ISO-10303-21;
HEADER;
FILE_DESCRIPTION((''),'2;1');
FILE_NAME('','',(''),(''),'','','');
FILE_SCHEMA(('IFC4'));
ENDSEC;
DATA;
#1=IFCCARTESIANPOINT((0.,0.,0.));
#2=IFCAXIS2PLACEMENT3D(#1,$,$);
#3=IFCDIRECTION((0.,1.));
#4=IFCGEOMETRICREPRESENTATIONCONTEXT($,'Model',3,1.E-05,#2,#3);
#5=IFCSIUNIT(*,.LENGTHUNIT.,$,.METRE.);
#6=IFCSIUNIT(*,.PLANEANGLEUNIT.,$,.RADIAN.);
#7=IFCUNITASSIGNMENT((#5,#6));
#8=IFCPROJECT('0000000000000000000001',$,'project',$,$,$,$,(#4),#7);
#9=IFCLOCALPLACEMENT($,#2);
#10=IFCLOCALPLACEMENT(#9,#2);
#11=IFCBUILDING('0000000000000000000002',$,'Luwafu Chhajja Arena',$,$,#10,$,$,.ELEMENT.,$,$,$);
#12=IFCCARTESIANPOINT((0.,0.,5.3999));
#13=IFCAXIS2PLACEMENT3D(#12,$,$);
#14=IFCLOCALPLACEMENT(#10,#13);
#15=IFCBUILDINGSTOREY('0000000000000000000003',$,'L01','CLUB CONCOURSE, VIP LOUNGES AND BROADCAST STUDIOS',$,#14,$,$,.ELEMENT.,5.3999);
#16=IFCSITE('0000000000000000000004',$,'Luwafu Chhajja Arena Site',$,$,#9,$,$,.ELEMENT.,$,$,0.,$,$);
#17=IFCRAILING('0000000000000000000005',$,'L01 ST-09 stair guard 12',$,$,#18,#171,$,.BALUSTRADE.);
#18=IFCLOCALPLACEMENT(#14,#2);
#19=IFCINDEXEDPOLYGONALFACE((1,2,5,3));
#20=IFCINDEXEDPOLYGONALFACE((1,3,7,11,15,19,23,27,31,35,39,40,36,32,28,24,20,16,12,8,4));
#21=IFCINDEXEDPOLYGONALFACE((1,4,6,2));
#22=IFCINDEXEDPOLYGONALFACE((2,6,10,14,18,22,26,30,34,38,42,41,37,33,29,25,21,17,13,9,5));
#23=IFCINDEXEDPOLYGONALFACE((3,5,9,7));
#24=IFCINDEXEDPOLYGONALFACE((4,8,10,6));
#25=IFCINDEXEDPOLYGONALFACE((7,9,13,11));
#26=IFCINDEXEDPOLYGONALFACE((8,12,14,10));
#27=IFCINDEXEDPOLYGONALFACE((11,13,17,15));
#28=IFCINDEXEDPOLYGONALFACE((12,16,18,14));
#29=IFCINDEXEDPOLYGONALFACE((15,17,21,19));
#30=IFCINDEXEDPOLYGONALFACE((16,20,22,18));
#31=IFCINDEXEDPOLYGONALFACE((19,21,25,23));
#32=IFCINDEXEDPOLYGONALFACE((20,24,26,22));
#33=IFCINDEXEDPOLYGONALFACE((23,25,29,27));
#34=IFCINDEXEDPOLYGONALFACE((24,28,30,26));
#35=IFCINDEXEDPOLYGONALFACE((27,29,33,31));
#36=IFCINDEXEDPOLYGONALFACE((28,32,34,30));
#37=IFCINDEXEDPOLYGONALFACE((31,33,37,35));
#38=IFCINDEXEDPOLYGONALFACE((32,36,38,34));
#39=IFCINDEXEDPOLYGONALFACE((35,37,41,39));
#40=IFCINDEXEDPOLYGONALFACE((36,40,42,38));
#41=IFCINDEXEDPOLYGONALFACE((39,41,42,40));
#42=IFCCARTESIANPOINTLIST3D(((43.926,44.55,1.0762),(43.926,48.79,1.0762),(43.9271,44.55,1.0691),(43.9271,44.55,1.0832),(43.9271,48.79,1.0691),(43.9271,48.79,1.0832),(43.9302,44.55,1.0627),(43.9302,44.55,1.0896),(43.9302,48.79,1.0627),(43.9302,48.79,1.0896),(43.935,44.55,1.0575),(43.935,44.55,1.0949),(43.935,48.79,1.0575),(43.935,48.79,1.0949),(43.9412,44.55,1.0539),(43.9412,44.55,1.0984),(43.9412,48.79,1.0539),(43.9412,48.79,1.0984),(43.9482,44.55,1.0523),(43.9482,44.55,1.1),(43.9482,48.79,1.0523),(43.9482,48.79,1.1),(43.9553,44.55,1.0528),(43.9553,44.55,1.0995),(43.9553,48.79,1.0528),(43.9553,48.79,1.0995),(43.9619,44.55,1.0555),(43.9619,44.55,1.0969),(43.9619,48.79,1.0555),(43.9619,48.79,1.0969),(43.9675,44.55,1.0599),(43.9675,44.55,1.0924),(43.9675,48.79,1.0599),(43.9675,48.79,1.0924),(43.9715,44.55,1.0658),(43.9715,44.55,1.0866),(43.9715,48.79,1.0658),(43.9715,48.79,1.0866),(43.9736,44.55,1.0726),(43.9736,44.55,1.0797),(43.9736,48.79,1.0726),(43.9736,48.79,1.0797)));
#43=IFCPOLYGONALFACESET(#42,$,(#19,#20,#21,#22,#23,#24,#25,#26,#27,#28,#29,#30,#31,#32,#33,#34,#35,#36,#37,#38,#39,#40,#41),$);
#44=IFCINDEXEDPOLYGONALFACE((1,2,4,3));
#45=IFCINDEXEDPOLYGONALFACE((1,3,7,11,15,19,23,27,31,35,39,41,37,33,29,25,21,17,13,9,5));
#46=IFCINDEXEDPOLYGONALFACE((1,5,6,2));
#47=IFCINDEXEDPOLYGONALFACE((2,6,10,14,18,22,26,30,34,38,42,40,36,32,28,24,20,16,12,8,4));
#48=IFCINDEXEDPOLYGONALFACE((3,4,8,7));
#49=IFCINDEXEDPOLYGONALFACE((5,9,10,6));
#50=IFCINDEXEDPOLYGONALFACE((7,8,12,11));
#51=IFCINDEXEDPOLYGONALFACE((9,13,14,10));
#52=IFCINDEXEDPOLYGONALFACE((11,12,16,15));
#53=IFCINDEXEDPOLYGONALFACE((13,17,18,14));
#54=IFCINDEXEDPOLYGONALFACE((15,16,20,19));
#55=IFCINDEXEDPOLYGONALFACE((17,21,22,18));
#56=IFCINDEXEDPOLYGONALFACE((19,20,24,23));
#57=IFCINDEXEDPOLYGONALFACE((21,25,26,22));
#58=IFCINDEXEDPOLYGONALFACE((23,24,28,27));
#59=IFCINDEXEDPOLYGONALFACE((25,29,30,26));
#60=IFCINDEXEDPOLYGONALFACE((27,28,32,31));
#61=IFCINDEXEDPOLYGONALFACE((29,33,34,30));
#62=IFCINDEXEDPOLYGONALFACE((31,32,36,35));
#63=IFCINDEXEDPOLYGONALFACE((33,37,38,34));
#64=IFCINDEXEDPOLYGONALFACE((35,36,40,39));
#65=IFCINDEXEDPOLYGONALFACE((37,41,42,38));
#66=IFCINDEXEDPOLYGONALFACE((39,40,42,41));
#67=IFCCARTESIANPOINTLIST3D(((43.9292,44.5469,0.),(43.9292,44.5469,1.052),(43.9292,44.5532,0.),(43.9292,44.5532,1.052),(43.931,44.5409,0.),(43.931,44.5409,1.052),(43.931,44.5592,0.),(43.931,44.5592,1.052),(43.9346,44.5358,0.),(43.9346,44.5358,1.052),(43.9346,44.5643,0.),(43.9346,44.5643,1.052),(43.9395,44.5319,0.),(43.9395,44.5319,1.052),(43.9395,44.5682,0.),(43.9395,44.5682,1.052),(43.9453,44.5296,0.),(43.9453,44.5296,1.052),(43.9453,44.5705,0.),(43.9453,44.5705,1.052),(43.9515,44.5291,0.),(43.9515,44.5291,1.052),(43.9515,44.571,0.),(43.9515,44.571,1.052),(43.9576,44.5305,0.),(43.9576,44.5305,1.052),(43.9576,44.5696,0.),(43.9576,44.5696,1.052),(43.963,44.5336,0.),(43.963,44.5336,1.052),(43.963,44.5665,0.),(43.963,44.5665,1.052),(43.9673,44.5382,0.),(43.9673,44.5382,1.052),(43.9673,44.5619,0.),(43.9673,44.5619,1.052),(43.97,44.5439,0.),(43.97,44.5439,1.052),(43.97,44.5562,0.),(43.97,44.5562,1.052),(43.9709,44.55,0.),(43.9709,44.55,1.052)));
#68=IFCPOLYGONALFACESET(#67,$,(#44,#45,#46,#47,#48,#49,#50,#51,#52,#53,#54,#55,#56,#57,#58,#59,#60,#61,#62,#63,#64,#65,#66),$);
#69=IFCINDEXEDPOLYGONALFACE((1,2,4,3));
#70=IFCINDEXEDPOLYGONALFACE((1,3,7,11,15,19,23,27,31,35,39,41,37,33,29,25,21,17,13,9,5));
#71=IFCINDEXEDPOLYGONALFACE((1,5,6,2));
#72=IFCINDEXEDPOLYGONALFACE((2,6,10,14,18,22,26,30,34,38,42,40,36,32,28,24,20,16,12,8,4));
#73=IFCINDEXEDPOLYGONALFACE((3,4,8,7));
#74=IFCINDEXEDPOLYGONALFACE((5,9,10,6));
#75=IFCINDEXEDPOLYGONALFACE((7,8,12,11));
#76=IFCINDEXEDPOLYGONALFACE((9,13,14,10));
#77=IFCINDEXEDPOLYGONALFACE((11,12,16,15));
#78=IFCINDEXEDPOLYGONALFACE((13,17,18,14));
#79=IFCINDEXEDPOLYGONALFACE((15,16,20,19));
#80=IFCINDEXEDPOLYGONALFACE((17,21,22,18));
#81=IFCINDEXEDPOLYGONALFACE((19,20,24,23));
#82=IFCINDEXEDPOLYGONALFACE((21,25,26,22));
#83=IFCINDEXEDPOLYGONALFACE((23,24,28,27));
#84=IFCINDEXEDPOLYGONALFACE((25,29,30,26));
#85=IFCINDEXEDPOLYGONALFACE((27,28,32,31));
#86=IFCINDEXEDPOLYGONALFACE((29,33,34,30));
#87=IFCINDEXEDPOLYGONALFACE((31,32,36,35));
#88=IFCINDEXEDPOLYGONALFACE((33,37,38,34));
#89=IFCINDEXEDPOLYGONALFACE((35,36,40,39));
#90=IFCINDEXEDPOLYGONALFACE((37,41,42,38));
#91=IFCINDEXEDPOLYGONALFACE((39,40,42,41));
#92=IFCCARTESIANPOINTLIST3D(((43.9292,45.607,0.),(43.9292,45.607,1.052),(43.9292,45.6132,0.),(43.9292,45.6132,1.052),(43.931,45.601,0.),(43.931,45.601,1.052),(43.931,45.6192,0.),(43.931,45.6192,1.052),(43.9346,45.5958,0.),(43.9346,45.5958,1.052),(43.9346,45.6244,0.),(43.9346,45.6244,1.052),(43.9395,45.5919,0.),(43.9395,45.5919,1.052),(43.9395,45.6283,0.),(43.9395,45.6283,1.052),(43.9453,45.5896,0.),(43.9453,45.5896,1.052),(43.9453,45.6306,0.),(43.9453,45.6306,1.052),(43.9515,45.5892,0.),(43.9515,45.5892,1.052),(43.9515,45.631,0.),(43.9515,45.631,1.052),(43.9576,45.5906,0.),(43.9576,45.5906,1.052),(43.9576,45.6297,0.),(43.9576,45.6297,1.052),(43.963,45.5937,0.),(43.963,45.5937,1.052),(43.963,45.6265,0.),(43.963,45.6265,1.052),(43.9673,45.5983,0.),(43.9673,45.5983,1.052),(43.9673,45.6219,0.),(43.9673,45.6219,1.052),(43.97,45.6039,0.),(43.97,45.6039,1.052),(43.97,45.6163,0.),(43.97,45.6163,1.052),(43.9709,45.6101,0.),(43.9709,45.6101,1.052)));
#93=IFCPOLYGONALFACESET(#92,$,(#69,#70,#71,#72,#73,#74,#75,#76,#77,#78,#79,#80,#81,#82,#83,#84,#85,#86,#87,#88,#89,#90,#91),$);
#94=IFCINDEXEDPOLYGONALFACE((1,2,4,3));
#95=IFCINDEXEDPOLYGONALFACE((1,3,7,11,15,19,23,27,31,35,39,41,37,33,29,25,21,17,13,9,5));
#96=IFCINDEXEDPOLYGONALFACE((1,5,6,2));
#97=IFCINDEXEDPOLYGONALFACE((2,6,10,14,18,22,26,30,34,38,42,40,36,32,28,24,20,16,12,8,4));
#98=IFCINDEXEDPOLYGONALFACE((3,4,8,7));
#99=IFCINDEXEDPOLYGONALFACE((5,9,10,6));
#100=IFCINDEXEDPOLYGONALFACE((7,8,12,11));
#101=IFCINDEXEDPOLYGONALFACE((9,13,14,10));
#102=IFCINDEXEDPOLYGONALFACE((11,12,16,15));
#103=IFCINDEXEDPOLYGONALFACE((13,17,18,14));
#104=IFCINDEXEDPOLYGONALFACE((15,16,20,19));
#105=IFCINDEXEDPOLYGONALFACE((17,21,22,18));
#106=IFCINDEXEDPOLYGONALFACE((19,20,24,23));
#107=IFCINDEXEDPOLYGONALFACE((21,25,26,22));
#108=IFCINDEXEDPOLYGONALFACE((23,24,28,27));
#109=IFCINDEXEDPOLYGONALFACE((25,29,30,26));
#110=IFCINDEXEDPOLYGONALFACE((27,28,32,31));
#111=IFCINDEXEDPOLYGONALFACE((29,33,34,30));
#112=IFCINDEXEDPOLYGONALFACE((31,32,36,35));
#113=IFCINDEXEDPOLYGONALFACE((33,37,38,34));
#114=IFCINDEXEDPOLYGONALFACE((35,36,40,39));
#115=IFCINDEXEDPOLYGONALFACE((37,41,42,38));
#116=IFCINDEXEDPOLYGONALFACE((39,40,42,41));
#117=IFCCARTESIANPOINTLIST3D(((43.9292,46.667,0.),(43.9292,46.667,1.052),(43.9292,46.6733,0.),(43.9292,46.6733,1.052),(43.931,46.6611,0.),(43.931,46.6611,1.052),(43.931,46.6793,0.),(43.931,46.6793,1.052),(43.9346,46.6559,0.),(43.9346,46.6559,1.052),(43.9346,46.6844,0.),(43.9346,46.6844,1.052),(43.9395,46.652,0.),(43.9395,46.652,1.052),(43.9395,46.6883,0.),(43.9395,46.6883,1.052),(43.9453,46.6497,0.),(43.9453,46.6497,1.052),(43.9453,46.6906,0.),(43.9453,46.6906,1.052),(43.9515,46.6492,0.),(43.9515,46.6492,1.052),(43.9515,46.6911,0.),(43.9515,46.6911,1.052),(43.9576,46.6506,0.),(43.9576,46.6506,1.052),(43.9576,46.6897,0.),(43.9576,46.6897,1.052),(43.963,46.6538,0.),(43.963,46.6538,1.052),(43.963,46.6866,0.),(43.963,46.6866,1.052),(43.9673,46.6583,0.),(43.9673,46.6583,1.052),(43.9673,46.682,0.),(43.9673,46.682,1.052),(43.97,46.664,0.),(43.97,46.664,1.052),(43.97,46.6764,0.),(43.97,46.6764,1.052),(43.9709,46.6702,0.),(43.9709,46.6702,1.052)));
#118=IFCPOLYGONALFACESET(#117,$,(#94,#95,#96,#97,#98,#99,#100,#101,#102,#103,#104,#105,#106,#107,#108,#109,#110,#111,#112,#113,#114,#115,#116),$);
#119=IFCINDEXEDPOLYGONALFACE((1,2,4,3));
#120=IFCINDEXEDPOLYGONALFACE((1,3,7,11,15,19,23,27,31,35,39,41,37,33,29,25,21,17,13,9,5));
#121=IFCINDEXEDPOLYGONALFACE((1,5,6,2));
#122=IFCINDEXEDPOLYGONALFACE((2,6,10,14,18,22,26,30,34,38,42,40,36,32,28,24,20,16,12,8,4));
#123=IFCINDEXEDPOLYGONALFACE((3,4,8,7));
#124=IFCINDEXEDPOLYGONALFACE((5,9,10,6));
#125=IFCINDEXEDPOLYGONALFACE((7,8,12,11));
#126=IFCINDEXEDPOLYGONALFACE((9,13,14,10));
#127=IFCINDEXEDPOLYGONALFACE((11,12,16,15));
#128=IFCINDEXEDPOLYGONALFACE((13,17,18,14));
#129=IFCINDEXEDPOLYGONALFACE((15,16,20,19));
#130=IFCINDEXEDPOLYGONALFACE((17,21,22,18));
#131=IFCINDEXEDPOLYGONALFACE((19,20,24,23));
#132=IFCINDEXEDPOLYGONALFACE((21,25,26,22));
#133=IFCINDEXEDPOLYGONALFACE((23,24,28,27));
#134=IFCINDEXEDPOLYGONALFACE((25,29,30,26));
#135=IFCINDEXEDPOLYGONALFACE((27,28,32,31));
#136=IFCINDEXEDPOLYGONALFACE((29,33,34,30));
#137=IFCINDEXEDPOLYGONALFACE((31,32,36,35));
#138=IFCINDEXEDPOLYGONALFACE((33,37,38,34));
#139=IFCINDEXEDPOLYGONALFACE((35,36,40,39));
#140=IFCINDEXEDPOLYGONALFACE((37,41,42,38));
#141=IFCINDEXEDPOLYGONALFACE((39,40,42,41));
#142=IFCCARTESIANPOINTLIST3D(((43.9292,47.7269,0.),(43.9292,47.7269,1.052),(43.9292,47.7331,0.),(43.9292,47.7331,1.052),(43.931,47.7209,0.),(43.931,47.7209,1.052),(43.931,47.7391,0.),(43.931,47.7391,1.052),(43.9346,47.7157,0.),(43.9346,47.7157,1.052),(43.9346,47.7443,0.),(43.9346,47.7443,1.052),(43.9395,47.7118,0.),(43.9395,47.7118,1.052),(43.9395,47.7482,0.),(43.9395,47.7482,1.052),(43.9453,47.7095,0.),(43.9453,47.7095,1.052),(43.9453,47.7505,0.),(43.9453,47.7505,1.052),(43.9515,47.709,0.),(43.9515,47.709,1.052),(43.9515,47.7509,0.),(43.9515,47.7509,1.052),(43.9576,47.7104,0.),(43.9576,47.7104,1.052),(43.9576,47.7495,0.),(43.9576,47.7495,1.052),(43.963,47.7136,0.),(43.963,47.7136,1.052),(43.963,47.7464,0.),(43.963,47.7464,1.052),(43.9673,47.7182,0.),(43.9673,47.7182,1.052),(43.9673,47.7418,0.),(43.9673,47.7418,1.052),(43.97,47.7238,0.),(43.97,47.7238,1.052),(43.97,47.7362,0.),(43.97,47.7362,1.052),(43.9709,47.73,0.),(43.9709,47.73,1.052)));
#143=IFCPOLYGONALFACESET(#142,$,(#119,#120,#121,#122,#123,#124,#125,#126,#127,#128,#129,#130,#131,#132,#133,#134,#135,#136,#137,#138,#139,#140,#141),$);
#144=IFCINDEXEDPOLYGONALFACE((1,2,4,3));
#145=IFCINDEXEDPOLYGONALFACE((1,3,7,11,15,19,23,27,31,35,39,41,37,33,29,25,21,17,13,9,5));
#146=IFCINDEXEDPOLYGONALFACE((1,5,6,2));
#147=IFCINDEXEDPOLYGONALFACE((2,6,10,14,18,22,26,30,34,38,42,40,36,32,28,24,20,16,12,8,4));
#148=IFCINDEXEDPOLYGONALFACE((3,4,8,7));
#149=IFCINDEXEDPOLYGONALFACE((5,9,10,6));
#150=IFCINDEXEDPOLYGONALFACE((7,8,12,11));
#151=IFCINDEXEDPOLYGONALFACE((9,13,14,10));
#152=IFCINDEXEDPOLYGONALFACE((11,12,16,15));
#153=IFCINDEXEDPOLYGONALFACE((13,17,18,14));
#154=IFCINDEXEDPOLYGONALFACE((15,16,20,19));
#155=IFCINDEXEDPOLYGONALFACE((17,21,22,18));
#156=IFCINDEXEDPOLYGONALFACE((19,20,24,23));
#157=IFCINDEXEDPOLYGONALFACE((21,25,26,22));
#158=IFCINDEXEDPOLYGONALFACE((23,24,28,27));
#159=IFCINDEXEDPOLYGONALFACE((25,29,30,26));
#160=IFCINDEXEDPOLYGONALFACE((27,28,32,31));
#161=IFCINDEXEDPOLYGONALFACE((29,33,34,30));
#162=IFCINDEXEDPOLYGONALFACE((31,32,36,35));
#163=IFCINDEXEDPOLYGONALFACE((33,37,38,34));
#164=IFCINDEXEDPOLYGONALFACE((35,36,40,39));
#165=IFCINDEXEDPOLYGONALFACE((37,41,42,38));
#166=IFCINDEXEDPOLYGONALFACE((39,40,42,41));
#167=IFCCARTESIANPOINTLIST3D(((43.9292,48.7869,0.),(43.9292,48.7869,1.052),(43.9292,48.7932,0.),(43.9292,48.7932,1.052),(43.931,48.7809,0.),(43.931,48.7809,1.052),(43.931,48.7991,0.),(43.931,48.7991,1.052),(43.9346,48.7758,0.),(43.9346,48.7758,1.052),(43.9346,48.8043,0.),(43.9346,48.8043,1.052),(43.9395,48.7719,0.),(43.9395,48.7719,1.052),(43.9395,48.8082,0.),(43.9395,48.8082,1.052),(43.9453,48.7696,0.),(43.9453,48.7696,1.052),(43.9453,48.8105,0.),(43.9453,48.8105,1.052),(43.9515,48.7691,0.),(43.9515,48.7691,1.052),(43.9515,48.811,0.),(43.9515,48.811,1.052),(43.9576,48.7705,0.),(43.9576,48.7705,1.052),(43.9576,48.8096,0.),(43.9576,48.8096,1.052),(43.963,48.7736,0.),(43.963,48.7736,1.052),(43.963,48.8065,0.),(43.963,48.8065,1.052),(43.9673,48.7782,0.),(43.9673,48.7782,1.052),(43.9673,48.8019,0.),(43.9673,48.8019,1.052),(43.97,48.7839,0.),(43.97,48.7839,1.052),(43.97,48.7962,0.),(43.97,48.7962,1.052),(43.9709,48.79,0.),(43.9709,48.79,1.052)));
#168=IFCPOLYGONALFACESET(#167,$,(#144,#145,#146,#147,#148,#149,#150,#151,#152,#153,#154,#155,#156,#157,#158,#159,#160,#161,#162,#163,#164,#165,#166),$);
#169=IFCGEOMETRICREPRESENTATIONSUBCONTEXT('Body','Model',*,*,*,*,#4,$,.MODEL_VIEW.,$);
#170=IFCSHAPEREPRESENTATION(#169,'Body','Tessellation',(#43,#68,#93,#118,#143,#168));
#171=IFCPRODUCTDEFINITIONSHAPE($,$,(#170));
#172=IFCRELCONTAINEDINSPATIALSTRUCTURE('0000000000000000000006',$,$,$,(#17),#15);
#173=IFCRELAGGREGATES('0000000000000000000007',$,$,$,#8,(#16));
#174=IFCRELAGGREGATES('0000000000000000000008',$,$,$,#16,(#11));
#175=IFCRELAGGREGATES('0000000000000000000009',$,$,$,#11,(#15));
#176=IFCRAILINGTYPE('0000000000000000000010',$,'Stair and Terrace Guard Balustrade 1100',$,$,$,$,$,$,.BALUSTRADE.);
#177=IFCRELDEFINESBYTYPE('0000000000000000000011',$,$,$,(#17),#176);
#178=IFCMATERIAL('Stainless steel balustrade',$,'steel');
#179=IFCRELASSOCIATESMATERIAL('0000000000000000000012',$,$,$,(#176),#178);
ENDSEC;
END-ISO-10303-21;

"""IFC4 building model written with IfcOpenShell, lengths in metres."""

from ifc_helpers import new_model, si_unit, direction, frame, origin, origin_2d, place, context, subcontext, project, spatial, circle, extrude, material, type_object, element, save


model = new_model("IFC4")

# Units and contexts
model_context = context("Model", 3, precision=1e-05, world=origin(), true_north=direction((0.0, 1.0)))
body_context = subcontext(model_context, "Body", "Model", "MODEL_VIEW")
ifc_project = project(units=[si_unit("LENGTHUNIT", "METRE"), si_unit("PLANEANGLEUNIT", "RADIAN")], contexts=[model_context])

# Site, building, storey
site_placement = place(None, origin())
site = spatial("IfcSite", under=ifc_project, at=site_placement, Name="Luwafu Chhajja Arena Site", CompositionType="ELEMENT", RefElevation=0.0)
building_placement = place(site_placement, origin())
building = spatial("IfcBuilding", under=site, at=building_placement, Name="Luwafu Chhajja Arena", CompositionType="ELEMENT")
storey_placement = place(building_placement, frame((0.0, 0.0, 5.3999)))
storey = spatial("IfcBuildingStorey", under=building, at=storey_placement, Name="L01", Description="CLUB CONCOURSE, VIP LOUNGES AND BROADCAST STUDIOS", CompositionType="ELEMENT", Elevation=5.3999)

# Railing
ifc_material_1 = material(Name="Stainless steel balustrade", Category="steel")
railing_type_1 = type_object("IfcRailingType", Name="Stair and Terrace Guard Balustrade 1100", PredefinedType="BALUSTRADE", material=ifc_material_1)
railing_1_placement = place(storey_placement, frame((43.95, 44.55, 0.0)))
element("IfcRailing", 1, at=railing_1_placement, inside=storey, type_object=railing_type_1, Name="L01 ST-09 stair guard 12", PredefinedType="BALUSTRADE", context=body_context, shape_type="SweptSolid", body=[
    extrude(circle(Radius=0.0239, at=origin_2d()), frame((0.0, 0.0, 1.0762), z_axis=(0.0, 1.0, 0.0), x_axis=(-1.0, 0.0, 0.0)), (0.0, 0.0, 1.0), 4.24),
    extrude(circle(Radius=0.021, at=origin_2d()), origin(), (0.0, 0.0, 1.0), 1.052),
    extrude(circle(Radius=0.021, at=origin_2d()), frame((0.0, 1.0601, 0.0)), (0.0, 0.0, 1.0), 1.052),
    extrude(circle(Radius=0.021, at=origin_2d()), frame((0.0, 2.1201, 0.0)), (0.0, 0.0, 1.0), 1.052),
    extrude(circle(Radius=0.021, at=origin_2d()), frame((0.0, 3.1799, 0.0)), (0.0, 0.0, 1.0), 1.052),
    extrude(circle(Radius=0.021, at=origin_2d()), frame((0.0, 4.24, 0.0)), (0.0, 0.0, 1.0), 1.052),
])

save(model, "model.ifc")
